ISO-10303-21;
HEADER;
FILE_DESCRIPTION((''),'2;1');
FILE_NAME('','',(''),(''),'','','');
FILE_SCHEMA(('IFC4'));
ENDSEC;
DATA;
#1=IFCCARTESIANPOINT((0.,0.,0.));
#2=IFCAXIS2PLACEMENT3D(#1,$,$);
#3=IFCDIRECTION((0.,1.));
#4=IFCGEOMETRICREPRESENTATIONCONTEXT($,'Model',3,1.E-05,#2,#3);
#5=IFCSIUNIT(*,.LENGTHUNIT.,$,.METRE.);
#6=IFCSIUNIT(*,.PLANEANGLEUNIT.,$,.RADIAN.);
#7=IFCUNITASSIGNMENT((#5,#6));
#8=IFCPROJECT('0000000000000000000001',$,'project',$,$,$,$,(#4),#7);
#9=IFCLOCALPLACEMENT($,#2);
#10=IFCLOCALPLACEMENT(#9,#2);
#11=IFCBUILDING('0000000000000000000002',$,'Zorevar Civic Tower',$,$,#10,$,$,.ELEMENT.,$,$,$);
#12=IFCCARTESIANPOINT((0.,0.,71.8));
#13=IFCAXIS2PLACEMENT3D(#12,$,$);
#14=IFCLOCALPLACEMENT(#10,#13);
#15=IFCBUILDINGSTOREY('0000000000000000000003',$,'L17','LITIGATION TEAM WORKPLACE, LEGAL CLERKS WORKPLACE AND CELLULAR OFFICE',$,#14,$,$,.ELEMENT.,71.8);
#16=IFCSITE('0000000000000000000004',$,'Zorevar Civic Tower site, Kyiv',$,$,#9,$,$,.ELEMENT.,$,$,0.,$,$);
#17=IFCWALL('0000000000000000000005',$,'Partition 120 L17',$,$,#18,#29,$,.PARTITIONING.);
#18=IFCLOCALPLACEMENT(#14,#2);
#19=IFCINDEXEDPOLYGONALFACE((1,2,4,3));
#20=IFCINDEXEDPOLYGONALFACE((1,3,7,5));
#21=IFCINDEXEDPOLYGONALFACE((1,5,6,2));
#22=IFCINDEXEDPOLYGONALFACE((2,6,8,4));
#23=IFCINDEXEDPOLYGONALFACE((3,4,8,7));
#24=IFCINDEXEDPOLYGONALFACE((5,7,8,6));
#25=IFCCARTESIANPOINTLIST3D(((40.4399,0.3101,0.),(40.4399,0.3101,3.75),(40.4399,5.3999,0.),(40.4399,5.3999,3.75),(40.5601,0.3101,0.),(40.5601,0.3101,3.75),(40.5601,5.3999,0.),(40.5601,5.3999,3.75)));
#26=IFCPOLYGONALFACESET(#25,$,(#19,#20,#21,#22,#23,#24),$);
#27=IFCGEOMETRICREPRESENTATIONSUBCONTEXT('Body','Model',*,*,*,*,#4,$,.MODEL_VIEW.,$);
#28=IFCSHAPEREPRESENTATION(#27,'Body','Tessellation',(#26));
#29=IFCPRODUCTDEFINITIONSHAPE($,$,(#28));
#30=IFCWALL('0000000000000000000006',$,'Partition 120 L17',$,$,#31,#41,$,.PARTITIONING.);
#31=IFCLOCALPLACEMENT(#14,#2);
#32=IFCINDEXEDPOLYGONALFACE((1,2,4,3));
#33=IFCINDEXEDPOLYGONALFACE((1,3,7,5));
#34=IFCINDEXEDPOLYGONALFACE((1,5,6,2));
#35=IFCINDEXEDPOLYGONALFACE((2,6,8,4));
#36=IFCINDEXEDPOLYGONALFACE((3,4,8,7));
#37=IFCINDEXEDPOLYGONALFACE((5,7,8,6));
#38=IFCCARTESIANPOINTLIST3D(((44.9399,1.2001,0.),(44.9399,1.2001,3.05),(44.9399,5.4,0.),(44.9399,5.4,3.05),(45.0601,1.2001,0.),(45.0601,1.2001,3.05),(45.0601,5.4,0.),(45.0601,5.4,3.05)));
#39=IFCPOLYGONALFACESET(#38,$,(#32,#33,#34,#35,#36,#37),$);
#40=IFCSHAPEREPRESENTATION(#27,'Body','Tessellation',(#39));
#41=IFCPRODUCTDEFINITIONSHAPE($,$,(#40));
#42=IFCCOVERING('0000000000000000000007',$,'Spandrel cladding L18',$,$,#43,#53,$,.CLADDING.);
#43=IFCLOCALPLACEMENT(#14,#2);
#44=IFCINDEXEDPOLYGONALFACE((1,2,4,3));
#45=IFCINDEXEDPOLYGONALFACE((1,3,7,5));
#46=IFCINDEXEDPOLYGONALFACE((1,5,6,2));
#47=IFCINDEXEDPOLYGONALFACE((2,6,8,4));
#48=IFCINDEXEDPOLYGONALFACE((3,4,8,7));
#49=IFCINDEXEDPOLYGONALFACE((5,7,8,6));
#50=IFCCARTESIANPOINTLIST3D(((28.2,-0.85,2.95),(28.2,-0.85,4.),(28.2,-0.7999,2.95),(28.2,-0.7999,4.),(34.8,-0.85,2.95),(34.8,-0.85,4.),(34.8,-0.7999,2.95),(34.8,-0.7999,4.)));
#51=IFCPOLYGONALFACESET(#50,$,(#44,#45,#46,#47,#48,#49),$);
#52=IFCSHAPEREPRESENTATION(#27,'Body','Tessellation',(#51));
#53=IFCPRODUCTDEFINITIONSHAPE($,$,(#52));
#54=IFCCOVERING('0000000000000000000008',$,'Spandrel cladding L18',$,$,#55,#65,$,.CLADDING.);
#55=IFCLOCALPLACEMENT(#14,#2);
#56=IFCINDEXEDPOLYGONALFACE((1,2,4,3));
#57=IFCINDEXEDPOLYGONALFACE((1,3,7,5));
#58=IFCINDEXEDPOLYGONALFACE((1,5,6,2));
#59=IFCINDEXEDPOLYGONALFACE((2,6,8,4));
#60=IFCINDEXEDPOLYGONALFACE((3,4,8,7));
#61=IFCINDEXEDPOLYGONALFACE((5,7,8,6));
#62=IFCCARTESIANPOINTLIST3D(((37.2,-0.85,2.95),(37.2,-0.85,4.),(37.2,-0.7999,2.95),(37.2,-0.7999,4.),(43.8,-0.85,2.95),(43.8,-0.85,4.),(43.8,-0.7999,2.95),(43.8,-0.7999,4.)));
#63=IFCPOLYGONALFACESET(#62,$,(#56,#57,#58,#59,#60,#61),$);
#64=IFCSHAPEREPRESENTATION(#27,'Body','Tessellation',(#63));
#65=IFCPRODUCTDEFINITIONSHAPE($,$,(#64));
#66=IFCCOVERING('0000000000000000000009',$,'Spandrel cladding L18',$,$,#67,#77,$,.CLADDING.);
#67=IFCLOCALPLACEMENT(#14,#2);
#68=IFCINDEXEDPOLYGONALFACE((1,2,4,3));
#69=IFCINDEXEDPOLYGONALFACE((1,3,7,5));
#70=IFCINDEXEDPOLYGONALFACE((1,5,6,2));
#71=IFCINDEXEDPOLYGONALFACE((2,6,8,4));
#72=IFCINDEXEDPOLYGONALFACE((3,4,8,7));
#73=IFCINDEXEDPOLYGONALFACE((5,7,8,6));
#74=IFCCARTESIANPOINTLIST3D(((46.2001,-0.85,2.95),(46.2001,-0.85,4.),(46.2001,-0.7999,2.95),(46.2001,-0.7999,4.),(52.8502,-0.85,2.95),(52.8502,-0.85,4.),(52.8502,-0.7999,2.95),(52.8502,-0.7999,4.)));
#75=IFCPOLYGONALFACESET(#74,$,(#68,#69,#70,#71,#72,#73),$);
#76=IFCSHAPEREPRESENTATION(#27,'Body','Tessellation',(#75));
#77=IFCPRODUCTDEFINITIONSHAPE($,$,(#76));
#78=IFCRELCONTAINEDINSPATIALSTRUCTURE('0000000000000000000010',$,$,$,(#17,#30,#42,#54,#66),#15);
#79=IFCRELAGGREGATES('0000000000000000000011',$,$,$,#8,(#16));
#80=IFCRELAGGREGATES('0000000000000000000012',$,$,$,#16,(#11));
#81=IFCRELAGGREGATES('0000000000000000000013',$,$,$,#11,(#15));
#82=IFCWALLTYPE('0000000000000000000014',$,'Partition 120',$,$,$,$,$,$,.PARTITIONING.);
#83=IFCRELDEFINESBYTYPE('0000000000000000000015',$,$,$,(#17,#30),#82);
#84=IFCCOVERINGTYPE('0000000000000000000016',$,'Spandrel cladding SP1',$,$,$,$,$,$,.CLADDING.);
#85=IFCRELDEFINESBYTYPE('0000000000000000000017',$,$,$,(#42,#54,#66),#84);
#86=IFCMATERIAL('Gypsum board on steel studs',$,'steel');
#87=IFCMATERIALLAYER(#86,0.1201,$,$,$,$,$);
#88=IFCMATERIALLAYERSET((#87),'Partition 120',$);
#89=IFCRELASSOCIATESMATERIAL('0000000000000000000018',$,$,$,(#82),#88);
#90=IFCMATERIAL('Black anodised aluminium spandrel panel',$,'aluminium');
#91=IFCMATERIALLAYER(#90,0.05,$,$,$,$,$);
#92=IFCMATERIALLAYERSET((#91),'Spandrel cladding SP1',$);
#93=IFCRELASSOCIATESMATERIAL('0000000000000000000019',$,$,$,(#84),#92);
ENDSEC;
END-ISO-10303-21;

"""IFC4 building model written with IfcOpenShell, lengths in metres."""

from ifc_helpers import new_model, si_unit, direction, frame, frame_2d, origin, place, context, subcontext, project, spatial, rectangle, extrude, material, layer, layer_set, type_object, element, save


model = new_model("IFC4")

# Units and contexts
model_context = context("Model", 3, precision=1e-05, world=origin(), true_north=direction((0.0, 1.0)))
body_context = subcontext(model_context, "Body", "Model", "MODEL_VIEW")
ifc_project = project(units=[si_unit("LENGTHUNIT", "METRE"), si_unit("PLANEANGLEUNIT", "RADIAN")], contexts=[model_context])

# Site, building, storey
site_placement = place(None, origin())
site = spatial("IfcSite", under=ifc_project, at=site_placement, Name="Zorevar Civic Tower site, Kyiv", CompositionType="ELEMENT", RefElevation=0.0)
building_placement = place(site_placement, origin())
building = spatial("IfcBuilding", under=site, at=building_placement, Name="Zorevar Civic Tower", CompositionType="ELEMENT")
storey_placement = place(building_placement, frame((0.0, 0.0, 71.8)))
storey = spatial("IfcBuildingStorey", under=building, at=storey_placement, Name="L17", Description="LITIGATION TEAM WORKPLACE, LEGAL CLERKS WORKPLACE AND CELLULAR OFFICE", CompositionType="ELEMENT", Elevation=71.8)

# Walls
ifc_material_1 = material(Name="Gypsum board on steel studs", Category="steel")
ifc_layer_1 = layer(ifc_material_1, 0.1201)
ifc_layer_set_1 = layer_set([ifc_layer_1], Name="Partition 120")
wall_type = type_object("IfcWallType", Name="Partition 120", PredefinedType="PARTITIONING", material=ifc_layer_set_1)
for number, where, z_axis, x_axis, name in (
    (1, (40.5, 0.3101, 0.0), (0.0, 0.0, 1.0), (0.0, 1.0, 0.0), "Partition 120 L17"),
):
    element("IfcWall", number, at=place(storey_placement, frame(where, z_axis=z_axis, x_axis=x_axis)), inside=storey, type_object=wall_type, Name=name, PredefinedType="PARTITIONING", context=body_context, shape_type="SweptSolid", body=[
        extrude(rectangle(XDim=5.0898, YDim=0.1201, at=frame_2d((2.5449, 0.0))), origin(), (0.0, 0.0, 1.0), 3.75),
    ])
wall_placement = place(storey_placement, frame((45.0, 1.2, 0.0), z_axis=(0.0, 0.0, 1.0), x_axis=(0.0, 1.0, 0.0)))
element("IfcWall", 2, at=wall_placement, inside=storey, type_object=wall_type, Name="Partition 120 L17", PredefinedType="PARTITIONING", context=body_context, shape_type="SweptSolid", body=[
    extrude(rectangle(XDim=4.2, YDim=0.1201, at=frame_2d((2.1001, 0.0))), origin(), (0.0, 0.0, 1.0), 3.05),
])

# Coverings
ifc_material_2 = material(Name="Black anodised aluminium spandrel panel", Category="aluminium")
ifc_layer_2 = layer(ifc_material_2, 0.05)
ifc_layer_set_2 = layer_set([ifc_layer_2], Name="Spandrel cladding SP1")
covering_type = type_object("IfcCoveringType", Name="Spandrel cladding SP1", PredefinedType="CLADDING", material=ifc_layer_set_2)
for number, where, z_axis, x_axis, name in (
    (3, (28.2, -0.825, 2.95), (0.0, 0.0, 1.0), (1.0, 0.0, 0.0), "Spandrel cladding L18"),
    (4, (37.2, -0.825, 2.95), (0.0, 0.0, 1.0), (1.0, 0.0, 0.0), "Spandrel cladding L18"),
):
    element("IfcCovering", number, at=place(storey_placement, frame(where, z_axis=z_axis, x_axis=x_axis)), inside=storey, type_object=covering_type, Name=name, PredefinedType="CLADDING", context=body_context, shape_type="SweptSolid", body=[
        extrude(rectangle(XDim=6.6001, YDim=0.05, at=frame_2d((3.3, 0.0))), origin(), (0.0, 0.0, 1.0), 1.05),
    ])
covering_placement = place(storey_placement, frame((46.2, -0.825, 2.95), z_axis=(0.0, 0.0, 1.0), x_axis=(1.0, 0.0, 0.0)))
element("IfcCovering", 5, at=covering_placement, inside=storey, type_object=covering_type, Name="Spandrel cladding L18", PredefinedType="CLADDING", context=body_context, shape_type="SweptSolid", body=[
    extrude(rectangle(XDim=6.6501, YDim=0.05, at=frame_2d((3.3252, 0.0))), origin(), (0.0, 0.0, 1.0), 1.05),
])

save(model, "model.ifc")
